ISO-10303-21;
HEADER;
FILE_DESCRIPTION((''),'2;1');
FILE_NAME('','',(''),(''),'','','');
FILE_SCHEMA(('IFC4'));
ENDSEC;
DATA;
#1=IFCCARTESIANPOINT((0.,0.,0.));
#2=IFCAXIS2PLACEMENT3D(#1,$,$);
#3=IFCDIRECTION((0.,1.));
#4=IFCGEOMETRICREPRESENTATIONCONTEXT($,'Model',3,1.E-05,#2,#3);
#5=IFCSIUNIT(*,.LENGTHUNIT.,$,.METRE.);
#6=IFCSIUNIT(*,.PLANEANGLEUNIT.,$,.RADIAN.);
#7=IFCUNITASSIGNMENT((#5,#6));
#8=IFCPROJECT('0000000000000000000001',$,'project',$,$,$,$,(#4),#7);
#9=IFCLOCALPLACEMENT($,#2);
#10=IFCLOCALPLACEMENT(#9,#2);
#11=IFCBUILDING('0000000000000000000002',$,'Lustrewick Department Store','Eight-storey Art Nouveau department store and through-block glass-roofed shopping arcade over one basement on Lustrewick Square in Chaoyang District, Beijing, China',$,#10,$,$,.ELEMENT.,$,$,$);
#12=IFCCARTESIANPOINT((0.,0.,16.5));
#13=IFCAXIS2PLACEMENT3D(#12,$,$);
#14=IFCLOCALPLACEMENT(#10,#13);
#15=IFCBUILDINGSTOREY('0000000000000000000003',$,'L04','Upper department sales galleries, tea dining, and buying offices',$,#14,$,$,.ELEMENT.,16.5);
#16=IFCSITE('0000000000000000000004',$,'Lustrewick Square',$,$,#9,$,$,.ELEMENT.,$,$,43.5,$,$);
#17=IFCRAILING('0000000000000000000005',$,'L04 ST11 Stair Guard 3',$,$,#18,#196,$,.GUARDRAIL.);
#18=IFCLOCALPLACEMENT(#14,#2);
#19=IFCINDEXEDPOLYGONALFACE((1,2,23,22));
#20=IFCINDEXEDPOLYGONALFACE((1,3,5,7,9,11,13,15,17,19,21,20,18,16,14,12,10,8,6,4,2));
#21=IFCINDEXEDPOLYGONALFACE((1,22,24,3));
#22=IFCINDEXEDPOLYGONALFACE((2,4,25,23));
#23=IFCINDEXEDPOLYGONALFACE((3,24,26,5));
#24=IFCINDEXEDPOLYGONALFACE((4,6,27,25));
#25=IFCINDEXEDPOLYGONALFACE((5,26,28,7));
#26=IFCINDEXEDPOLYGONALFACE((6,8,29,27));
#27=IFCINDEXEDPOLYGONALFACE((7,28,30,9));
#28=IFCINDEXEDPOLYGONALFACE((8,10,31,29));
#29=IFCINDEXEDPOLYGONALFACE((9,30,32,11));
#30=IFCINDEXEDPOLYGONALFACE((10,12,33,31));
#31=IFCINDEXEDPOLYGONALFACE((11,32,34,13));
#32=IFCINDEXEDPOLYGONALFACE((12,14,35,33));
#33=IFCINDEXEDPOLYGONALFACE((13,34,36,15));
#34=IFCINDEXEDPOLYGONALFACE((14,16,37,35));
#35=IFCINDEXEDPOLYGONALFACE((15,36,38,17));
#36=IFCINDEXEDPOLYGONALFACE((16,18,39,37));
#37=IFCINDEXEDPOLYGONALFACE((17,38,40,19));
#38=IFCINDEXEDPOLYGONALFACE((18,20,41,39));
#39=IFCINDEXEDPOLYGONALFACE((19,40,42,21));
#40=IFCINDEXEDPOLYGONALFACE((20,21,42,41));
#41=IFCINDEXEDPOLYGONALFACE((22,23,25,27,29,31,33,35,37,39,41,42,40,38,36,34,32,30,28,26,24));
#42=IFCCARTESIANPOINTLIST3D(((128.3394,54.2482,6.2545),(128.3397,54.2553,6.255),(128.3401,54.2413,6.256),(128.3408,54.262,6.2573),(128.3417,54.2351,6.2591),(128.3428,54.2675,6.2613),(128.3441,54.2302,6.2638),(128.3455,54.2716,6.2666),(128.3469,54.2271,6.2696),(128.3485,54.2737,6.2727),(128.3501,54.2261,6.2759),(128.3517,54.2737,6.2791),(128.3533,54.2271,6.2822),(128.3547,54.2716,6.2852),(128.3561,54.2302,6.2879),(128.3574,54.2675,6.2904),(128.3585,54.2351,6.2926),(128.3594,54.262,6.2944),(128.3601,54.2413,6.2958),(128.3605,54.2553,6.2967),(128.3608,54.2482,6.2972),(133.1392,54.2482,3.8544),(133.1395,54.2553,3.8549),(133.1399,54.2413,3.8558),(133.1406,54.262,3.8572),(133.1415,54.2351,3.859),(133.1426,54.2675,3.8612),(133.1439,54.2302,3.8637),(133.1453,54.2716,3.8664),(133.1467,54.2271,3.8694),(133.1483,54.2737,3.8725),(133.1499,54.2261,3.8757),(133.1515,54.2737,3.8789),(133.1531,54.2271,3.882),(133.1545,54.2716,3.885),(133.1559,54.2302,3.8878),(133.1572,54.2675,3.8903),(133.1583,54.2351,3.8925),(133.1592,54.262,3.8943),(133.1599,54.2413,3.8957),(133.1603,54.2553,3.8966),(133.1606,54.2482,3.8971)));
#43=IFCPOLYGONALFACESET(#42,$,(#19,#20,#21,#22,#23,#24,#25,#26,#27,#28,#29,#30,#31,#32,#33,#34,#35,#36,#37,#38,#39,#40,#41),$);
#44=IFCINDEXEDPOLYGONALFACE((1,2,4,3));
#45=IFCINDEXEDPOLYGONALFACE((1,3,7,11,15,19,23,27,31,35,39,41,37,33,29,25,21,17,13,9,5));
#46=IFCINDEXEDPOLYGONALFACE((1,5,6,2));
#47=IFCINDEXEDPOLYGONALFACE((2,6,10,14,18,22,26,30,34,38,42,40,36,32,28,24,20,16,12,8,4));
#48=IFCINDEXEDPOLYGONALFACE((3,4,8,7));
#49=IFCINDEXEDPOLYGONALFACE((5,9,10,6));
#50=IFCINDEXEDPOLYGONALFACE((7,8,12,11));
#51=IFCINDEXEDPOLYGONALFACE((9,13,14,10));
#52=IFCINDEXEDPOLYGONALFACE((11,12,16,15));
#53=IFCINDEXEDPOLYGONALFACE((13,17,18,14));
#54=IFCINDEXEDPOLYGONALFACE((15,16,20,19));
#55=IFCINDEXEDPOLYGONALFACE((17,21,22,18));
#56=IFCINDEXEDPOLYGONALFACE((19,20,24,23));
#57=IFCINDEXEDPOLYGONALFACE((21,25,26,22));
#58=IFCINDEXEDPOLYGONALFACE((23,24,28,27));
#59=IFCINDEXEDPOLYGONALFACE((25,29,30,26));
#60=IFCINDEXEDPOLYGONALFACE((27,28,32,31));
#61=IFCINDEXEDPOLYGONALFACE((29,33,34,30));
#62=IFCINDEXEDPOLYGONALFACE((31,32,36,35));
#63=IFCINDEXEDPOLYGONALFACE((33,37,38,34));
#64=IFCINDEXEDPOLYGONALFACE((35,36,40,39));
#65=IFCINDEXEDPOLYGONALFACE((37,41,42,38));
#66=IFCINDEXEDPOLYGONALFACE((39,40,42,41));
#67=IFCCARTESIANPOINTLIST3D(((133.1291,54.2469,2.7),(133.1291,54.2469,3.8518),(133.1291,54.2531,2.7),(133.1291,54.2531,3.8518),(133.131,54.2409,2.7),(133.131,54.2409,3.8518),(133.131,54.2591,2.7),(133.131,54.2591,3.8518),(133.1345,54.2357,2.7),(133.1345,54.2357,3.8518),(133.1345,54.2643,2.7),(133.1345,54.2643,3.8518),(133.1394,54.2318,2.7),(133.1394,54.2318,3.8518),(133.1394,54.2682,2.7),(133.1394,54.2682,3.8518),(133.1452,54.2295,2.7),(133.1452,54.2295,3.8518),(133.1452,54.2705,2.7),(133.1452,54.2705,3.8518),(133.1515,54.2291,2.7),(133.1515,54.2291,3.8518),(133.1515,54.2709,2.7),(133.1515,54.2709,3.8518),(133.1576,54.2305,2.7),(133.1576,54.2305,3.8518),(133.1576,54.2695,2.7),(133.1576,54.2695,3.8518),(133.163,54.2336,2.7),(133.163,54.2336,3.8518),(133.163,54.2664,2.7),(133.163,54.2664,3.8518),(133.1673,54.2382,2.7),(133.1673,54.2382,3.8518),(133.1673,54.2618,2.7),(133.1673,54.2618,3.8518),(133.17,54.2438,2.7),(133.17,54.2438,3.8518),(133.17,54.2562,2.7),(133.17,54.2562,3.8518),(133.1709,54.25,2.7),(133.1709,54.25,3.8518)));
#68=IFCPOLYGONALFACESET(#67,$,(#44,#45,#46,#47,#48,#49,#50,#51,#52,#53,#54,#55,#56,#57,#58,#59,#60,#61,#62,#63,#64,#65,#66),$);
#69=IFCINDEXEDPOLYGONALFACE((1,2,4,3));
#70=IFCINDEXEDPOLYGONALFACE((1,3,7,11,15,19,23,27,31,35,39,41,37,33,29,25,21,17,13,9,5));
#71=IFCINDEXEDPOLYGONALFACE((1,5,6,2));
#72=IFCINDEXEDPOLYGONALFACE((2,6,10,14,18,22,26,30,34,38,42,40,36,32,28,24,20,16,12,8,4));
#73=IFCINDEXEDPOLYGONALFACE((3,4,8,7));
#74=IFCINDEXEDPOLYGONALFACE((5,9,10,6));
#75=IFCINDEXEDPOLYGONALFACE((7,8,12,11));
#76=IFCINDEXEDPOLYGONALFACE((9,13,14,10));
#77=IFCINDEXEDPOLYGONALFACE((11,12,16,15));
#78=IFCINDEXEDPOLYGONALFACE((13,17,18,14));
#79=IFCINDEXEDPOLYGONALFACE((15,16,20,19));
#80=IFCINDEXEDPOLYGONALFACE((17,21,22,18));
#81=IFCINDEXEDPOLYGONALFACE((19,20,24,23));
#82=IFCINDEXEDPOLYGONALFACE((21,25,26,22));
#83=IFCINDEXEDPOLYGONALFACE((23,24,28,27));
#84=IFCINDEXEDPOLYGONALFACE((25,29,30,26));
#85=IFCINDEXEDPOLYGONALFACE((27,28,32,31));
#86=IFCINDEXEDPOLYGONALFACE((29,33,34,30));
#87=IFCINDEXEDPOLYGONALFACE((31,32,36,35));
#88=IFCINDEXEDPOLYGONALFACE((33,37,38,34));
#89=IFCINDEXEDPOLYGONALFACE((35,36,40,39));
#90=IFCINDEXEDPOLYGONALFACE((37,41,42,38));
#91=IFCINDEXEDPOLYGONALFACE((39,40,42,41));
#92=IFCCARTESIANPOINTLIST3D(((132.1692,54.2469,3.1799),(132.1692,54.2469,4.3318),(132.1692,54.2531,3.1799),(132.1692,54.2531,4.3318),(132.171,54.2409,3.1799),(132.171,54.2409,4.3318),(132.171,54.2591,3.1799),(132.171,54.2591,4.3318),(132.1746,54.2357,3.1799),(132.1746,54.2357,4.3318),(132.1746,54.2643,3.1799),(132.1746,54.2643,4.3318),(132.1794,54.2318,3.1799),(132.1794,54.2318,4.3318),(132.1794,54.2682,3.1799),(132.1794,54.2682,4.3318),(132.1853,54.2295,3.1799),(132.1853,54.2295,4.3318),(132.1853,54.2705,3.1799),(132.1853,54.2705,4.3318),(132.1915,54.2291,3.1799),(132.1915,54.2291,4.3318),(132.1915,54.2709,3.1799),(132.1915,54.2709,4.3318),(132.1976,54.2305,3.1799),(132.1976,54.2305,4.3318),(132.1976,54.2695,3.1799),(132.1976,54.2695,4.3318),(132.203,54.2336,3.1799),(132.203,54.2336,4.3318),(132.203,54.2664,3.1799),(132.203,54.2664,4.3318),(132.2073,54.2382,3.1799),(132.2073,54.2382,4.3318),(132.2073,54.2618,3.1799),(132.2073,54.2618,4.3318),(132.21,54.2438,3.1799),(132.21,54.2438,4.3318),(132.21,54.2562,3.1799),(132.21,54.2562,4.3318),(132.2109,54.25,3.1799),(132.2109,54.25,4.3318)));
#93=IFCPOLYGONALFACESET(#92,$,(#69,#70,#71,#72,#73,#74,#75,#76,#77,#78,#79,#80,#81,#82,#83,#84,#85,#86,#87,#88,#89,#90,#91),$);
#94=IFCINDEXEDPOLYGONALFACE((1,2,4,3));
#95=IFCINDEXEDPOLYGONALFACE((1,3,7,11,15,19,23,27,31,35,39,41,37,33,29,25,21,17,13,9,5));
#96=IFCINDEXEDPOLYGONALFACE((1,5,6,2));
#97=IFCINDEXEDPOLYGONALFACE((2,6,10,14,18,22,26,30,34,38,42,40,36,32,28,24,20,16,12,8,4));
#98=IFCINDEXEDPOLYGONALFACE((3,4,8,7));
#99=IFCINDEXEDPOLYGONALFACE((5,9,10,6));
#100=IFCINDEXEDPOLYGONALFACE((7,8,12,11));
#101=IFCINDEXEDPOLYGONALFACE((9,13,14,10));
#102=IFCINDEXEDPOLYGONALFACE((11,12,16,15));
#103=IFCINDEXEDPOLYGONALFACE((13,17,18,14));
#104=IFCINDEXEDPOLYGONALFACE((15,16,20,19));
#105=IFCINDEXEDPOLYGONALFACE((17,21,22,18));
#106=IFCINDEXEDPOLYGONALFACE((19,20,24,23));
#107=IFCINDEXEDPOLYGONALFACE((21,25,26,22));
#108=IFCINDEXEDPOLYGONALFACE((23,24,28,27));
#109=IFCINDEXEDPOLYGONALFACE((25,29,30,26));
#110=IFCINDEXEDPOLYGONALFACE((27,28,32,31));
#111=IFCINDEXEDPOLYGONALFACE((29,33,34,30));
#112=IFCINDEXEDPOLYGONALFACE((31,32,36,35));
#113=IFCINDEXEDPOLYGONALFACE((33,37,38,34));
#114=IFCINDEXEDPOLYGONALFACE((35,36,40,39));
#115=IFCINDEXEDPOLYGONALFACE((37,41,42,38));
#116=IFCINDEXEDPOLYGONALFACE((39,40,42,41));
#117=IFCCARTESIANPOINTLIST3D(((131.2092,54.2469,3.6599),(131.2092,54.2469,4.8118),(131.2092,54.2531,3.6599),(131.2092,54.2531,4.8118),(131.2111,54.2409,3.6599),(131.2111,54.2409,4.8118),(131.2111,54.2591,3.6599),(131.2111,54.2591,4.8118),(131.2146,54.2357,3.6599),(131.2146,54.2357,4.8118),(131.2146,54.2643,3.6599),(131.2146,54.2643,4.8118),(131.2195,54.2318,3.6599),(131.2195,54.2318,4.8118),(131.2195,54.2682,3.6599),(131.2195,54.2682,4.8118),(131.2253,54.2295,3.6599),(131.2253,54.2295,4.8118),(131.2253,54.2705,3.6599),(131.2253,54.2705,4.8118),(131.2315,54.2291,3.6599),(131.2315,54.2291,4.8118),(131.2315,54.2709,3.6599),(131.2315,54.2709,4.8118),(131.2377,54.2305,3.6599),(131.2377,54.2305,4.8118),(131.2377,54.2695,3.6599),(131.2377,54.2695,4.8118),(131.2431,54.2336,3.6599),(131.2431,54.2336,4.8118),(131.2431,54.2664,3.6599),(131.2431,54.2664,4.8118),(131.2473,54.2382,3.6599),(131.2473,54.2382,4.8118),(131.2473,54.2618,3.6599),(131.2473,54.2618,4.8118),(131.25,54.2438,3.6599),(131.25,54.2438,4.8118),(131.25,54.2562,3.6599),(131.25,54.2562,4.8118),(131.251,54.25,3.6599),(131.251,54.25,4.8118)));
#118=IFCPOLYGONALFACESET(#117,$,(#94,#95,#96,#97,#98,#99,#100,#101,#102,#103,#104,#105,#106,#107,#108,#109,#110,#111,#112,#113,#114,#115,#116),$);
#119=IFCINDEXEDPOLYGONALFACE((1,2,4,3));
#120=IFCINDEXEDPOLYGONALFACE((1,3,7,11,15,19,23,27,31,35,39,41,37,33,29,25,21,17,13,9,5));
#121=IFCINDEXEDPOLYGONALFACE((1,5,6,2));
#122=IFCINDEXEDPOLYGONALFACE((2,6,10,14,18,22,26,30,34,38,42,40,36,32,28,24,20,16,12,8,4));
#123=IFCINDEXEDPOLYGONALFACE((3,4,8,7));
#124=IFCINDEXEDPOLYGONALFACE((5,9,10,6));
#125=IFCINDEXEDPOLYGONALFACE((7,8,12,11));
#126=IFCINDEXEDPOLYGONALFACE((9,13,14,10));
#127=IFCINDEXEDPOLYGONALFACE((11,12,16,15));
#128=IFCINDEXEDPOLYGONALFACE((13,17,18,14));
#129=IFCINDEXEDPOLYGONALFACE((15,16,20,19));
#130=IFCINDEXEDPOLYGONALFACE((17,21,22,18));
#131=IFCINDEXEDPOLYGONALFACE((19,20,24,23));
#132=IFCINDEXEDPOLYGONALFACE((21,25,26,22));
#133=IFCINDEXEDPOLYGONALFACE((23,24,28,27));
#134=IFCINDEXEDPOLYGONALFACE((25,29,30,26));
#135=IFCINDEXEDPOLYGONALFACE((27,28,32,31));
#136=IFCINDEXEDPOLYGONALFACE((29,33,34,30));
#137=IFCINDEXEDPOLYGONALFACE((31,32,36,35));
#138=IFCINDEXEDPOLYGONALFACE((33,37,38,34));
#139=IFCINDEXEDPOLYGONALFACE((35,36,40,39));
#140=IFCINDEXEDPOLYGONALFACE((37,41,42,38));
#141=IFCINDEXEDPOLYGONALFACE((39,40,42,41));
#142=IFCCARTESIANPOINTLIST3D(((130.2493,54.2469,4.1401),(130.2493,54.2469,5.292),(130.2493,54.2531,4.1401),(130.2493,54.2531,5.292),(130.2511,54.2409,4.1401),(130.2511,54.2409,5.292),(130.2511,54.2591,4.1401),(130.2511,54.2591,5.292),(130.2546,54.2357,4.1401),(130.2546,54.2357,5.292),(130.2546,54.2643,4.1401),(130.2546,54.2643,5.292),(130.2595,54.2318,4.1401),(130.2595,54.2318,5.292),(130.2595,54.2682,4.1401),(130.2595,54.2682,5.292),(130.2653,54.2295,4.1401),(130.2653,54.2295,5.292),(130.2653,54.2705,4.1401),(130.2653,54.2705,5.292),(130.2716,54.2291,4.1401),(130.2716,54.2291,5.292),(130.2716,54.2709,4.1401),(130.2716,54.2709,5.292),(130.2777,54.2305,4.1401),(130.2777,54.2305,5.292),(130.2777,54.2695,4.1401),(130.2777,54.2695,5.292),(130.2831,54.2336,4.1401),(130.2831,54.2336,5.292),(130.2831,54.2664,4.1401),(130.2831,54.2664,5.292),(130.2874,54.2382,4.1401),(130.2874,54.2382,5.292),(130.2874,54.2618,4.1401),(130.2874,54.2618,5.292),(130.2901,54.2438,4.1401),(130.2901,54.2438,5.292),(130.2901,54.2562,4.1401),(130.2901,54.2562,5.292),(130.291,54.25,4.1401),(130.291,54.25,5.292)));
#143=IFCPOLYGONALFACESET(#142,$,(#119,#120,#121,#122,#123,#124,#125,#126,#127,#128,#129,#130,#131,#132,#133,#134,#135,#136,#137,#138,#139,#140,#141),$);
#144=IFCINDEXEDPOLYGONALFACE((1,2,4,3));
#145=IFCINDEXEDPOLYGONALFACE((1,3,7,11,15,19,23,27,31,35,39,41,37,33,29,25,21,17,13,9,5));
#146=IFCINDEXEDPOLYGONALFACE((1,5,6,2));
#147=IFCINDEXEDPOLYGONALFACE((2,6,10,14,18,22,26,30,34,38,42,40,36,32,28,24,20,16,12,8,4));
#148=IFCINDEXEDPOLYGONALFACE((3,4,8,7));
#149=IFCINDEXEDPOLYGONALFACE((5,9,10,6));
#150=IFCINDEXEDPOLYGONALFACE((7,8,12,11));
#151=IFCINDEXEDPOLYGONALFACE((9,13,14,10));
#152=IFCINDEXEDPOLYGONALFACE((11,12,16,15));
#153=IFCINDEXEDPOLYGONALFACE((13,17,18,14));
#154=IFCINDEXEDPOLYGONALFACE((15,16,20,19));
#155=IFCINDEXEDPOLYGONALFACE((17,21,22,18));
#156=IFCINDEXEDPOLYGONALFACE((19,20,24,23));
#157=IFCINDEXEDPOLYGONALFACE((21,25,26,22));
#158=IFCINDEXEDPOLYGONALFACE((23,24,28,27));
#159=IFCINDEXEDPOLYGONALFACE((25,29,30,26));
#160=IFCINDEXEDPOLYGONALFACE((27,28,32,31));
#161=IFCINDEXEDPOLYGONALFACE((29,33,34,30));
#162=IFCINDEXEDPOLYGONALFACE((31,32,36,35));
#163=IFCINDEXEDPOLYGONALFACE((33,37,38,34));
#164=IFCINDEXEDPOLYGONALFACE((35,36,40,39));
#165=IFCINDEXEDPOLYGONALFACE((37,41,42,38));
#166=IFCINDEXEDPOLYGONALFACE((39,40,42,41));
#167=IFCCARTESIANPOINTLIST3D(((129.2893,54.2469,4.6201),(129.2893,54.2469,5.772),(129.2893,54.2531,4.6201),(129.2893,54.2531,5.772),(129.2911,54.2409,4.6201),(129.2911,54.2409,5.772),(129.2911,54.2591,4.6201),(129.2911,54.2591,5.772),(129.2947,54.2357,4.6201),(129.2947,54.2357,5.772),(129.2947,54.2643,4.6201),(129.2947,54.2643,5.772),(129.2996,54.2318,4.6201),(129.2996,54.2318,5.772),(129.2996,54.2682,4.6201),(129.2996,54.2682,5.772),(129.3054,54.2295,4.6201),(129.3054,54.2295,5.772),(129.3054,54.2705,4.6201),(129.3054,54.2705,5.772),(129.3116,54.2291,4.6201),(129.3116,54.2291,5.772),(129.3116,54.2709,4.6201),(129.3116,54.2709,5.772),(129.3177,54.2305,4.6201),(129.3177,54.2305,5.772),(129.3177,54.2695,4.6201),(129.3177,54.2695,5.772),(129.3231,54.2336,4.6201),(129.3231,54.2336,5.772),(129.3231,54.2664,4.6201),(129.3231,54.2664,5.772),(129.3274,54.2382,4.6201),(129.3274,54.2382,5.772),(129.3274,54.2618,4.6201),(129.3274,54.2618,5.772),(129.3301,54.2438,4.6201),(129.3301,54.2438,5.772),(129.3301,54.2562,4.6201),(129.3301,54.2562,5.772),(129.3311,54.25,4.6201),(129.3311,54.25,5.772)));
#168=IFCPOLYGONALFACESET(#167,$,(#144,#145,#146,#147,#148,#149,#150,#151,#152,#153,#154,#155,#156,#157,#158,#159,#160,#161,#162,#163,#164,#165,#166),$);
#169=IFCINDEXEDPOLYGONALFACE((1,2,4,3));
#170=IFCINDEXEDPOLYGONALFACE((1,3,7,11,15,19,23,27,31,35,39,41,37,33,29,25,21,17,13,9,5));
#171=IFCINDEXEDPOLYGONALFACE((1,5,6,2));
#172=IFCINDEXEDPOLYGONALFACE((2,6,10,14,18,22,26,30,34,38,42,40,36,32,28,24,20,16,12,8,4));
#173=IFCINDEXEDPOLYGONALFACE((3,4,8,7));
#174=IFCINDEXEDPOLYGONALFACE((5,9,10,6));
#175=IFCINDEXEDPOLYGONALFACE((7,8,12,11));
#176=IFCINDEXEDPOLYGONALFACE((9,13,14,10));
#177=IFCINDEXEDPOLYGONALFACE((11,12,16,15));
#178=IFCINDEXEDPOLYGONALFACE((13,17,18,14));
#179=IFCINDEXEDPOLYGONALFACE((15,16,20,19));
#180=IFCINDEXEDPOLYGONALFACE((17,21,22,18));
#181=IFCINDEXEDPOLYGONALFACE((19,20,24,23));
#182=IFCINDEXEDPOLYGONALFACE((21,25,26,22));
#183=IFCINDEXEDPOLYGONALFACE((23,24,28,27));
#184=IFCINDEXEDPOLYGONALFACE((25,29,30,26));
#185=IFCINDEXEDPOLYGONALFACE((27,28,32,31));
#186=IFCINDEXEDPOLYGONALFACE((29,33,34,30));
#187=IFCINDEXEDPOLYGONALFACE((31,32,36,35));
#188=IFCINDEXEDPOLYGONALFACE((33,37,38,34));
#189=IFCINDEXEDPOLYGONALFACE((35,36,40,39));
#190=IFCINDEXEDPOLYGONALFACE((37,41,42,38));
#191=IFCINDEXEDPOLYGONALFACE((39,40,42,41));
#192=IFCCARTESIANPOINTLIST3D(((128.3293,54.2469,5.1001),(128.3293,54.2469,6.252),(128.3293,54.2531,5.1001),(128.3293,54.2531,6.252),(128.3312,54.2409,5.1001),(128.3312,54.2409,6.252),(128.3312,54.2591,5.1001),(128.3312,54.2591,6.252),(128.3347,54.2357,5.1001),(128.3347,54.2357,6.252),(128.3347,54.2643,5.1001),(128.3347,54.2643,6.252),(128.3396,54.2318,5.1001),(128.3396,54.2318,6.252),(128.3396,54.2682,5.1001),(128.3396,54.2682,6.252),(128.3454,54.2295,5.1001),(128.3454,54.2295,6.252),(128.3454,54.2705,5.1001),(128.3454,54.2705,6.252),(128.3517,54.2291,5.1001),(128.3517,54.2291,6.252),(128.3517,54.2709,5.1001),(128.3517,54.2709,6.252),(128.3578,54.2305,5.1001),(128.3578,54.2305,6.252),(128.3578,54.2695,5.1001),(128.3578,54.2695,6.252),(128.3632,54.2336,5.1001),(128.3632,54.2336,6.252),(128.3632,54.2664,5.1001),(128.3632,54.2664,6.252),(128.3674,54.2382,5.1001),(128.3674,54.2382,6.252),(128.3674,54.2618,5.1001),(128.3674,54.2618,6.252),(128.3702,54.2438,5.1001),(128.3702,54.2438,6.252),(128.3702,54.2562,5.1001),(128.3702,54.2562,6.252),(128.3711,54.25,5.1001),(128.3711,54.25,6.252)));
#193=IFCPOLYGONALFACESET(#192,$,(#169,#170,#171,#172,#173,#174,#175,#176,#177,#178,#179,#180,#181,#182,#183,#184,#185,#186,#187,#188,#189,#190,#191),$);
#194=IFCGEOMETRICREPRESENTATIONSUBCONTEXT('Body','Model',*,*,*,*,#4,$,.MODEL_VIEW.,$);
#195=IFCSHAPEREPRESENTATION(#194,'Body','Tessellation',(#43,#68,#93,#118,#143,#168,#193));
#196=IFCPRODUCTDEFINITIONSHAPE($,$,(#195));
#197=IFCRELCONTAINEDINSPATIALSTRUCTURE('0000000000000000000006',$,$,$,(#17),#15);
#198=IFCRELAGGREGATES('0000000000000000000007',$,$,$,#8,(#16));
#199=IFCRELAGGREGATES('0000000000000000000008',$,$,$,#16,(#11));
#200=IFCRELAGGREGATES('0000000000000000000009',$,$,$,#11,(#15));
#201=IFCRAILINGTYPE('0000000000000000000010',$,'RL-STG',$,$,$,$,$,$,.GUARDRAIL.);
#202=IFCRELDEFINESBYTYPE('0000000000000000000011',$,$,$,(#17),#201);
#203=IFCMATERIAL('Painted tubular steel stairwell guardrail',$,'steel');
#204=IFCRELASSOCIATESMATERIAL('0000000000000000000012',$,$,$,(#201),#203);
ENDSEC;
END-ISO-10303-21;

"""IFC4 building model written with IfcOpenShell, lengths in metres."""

from ifc_helpers import new_model, si_unit, direction, frame, origin, origin_2d, place, context, subcontext, project, spatial, circle, extrude, material, type_object, element, save


model = new_model("IFC4")

# Units and contexts
model_context = context("Model", 3, precision=1e-05, world=origin(), true_north=direction((0.0, 1.0)))
body_context = subcontext(model_context, "Body", "Model", "MODEL_VIEW")
ifc_project = project(units=[si_unit("LENGTHUNIT", "METRE"), si_unit("PLANEANGLEUNIT", "RADIAN")], contexts=[model_context])

# Site, building, storey
site_placement = place(None, origin())
site = spatial("IfcSite", under=ifc_project, at=site_placement, Name="Lustrewick Square", CompositionType="ELEMENT", RefElevation=43.5)
building_placement = place(site_placement, origin())
building = spatial("IfcBuilding", under=site, at=building_placement, Name="Lustrewick Department Store", Description="Eight-storey Art Nouveau department store and through-block glass-roofed shopping arcade over one basement on Lustrewick Square in Chaoyang District, Beijing, China", CompositionType="ELEMENT")
storey_placement = place(building_placement, frame((0.0, 0.0, 16.5)))
storey = spatial("IfcBuildingStorey", under=building, at=storey_placement, Name="L04", Description="Upper department sales galleries, tea dining, and buying offices", CompositionType="ELEMENT", Elevation=16.5)

# Railing
ifc_material_1 = material(Name="Painted tubular steel stairwell guardrail", Category="steel")
railing_type_1 = type_object("IfcRailingType", Name="RL-STG", PredefinedType="GUARDRAIL", material=ifc_material_1)
railing_1_placement = place(storey_placement, frame((133.1499, 54.25, 2.7)))
element("IfcRailing", 1, at=railing_1_placement, inside=storey, type_object=railing_type_1, Name="L04 ST11 Stair Guard 3", PredefinedType="GUARDRAIL", context=body_context, shape_type="SweptSolid", body=[
    extrude(circle(Radius=0.0239, at=origin_2d()), frame((0.0, 0.0, 1.1758), z_axis=(-0.894409, 0.0, 0.44725), x_axis=(0.0, -1.0, 0.0)), (0.0, 0.0, 1.0), 5.3665),
    extrude(circle(Radius=0.021, at=origin_2d()), origin(), (0.0, 0.0, 1.0), 1.1519),
    extrude(circle(Radius=0.021, at=origin_2d()), frame((-0.96, 0.0, 0.48)), (0.0, 0.0, 1.0), 1.1519),
    extrude(circle(Radius=0.021, at=origin_2d()), frame((-1.9199, 0.0, 0.96)), (0.0, 0.0, 1.0), 1.1519),
    extrude(circle(Radius=0.021, at=origin_2d()), frame((-2.8799, 0.0, 1.4402)), (0.0, 0.0, 1.0), 1.1519),
    extrude(circle(Radius=0.021, at=origin_2d()), frame((-3.8398, 0.0, 1.9202)), (0.0, 0.0, 1.0), 1.1519),
    extrude(circle(Radius=0.021, at=origin_2d()), frame((-4.7998, 0.0, 2.4001)), (0.0, 0.0, 1.0), 1.1519),
])

save(model, "model.ifc")
